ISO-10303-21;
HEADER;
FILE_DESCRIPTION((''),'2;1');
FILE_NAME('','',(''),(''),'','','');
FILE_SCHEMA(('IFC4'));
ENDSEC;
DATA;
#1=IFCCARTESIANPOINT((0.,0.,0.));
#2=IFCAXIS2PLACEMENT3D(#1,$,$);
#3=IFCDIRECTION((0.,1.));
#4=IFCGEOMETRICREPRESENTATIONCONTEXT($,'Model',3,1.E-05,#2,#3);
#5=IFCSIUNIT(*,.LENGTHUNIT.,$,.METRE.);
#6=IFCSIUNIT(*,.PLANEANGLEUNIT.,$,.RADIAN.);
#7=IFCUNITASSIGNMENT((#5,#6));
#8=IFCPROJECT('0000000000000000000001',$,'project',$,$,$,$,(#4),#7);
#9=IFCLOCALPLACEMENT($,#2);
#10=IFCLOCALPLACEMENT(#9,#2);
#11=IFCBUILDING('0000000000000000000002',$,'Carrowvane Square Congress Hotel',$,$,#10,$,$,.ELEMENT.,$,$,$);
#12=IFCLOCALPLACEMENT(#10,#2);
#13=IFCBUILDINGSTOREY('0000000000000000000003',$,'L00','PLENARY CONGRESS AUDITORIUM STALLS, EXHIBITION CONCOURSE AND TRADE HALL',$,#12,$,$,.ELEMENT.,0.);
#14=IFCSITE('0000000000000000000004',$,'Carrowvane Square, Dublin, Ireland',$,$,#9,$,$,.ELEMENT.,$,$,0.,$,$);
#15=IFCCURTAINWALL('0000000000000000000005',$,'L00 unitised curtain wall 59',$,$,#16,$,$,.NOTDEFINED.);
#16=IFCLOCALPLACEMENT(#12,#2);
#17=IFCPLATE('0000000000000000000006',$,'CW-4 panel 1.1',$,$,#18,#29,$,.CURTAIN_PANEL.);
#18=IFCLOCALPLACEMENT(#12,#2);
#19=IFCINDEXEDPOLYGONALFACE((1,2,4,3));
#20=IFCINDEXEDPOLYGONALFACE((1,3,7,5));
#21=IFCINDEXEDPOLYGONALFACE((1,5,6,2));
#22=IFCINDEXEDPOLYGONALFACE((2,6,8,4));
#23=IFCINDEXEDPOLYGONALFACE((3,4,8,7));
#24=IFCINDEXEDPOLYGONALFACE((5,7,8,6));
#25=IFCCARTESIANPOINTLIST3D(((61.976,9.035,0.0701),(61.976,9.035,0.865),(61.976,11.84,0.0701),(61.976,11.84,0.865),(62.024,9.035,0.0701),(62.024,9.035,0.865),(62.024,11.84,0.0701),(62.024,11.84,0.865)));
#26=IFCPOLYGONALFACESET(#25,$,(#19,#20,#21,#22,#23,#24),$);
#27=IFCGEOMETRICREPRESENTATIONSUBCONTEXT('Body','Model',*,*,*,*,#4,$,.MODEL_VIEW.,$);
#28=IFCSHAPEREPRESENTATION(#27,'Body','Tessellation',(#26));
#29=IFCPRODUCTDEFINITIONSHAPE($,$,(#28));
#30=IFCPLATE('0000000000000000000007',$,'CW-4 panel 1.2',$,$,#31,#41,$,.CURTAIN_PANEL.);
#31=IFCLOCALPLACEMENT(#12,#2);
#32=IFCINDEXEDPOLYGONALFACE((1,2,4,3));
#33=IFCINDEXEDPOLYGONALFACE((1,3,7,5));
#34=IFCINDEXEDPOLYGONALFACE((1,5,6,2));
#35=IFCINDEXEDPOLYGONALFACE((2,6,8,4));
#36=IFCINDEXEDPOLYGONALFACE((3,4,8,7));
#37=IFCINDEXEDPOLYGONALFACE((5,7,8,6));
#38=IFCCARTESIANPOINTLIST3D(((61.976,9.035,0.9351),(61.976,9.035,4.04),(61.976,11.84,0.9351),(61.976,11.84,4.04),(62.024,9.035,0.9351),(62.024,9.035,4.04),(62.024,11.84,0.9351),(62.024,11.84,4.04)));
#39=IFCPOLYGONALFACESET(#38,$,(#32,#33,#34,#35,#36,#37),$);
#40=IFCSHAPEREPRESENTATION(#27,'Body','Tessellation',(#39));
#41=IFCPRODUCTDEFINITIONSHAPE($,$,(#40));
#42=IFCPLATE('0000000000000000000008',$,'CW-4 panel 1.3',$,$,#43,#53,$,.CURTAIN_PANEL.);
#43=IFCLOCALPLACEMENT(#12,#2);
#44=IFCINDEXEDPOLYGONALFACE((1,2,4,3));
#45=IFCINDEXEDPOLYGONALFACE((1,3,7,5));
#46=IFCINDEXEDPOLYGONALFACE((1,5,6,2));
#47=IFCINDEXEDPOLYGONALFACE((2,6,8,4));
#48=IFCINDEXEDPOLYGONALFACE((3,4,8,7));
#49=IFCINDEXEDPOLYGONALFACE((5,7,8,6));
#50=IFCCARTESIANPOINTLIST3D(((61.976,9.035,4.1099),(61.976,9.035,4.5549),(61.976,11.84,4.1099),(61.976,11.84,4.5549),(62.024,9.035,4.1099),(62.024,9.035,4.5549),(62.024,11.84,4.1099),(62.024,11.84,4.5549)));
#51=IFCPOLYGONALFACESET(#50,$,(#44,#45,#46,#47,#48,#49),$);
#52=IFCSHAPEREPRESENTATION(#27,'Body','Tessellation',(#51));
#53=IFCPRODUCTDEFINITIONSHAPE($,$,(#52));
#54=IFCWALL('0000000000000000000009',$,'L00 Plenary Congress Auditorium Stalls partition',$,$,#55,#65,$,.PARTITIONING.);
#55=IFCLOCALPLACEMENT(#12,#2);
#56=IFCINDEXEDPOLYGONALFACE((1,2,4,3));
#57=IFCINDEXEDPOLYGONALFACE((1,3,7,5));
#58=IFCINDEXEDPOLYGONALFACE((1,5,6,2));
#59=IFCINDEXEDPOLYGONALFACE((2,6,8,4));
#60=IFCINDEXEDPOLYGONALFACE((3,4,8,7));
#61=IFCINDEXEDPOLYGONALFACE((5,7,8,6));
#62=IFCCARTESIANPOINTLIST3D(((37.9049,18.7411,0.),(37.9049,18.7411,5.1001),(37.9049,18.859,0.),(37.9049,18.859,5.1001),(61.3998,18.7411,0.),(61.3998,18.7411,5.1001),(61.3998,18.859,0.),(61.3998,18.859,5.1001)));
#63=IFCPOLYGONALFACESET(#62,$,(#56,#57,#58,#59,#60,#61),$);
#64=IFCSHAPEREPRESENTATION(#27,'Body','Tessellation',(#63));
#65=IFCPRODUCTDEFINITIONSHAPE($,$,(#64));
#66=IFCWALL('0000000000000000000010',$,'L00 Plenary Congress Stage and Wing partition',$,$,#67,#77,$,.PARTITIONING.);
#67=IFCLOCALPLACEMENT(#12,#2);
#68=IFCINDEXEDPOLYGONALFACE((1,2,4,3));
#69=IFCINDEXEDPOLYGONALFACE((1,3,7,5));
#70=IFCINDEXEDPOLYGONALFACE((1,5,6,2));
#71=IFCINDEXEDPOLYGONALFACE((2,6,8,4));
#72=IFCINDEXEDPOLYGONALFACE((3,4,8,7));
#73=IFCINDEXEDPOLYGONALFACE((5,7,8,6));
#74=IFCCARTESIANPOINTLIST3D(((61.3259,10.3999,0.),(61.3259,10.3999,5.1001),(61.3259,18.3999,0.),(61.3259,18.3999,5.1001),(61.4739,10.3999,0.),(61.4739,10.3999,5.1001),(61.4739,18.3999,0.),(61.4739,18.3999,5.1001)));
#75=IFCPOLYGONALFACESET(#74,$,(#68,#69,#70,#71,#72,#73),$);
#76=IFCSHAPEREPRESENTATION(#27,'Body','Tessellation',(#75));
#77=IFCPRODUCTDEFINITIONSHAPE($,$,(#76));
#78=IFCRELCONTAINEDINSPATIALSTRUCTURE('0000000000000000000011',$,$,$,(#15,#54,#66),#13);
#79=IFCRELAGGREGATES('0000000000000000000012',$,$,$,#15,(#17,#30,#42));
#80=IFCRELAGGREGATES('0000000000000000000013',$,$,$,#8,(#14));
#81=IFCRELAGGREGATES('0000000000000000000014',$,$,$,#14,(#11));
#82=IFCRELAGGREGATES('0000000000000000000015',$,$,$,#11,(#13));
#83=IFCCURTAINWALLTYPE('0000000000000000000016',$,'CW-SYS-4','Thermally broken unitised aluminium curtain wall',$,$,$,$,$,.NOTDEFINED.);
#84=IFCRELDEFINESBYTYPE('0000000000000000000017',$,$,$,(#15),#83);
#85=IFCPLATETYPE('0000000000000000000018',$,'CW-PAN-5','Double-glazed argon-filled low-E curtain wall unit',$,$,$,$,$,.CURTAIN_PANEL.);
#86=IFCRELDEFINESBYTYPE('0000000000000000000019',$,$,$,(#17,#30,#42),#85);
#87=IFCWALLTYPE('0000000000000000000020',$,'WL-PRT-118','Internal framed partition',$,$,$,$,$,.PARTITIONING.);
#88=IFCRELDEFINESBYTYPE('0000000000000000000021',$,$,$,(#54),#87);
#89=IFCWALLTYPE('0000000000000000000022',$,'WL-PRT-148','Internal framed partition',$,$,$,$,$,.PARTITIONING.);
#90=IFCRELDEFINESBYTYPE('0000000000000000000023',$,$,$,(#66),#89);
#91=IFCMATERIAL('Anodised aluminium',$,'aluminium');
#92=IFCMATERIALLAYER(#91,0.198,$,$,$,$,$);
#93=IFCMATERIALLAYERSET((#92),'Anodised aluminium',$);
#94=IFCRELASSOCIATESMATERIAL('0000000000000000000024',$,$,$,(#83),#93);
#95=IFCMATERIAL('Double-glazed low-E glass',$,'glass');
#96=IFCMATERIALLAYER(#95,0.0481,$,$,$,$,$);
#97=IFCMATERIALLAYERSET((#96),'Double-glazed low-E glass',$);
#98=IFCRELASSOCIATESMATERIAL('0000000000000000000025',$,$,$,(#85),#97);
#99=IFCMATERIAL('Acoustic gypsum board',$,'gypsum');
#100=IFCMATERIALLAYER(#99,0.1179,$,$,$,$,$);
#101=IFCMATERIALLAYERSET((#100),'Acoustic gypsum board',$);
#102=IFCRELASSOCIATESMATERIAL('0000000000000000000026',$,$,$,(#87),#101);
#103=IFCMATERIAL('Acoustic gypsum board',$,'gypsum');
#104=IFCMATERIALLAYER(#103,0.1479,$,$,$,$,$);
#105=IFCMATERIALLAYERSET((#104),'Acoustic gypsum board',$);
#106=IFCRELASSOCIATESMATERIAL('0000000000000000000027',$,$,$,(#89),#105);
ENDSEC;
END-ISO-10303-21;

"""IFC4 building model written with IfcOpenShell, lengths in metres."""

from ifc_helpers import new_model, si_unit, direction, frame, frame_2d, origin, origin_2d, place, context, subcontext, project, spatial, rectangle, extrude, material, layer, layer_set, type_object, element, aggregate, save


model = new_model("IFC4")

# Units and contexts
model_context = context("Model", 3, precision=1e-05, world=origin(), true_north=direction((0.0, 1.0)))
body_context = subcontext(model_context, "Body", "Model", "MODEL_VIEW")
ifc_project = project(units=[si_unit("LENGTHUNIT", "METRE"), si_unit("PLANEANGLEUNIT", "RADIAN")], contexts=[model_context])

# Site, building, storey
site_placement = place(None, origin())
site = spatial("IfcSite", under=ifc_project, at=site_placement, Name="Carrowvane Square, Dublin, Ireland", CompositionType="ELEMENT", RefElevation=0.0)
building_placement = place(site_placement, origin())
building = spatial("IfcBuilding", under=site, at=building_placement, Name="Carrowvane Square Congress Hotel", CompositionType="ELEMENT")
storey_placement = place(building_placement, origin())
storey = spatial("IfcBuildingStorey", under=building, at=storey_placement, Name="L00", Description="PLENARY CONGRESS AUDITORIUM STALLS, EXHIBITION CONCOURSE AND TRADE HALL", CompositionType="ELEMENT", Elevation=0.0)

# Curtain wall
ifc_material_1 = material(Name="Anodised aluminium", Category="aluminium")
ifc_layer_1 = layer(ifc_material_1, 0.198)
ifc_layer_set_1 = layer_set([ifc_layer_1], Name="Anodised aluminium")
curtain_wall_type_1 = type_object("IfcCurtainWallType", Name="CW-SYS-4", Description="Thermally broken unitised aluminium curtain wall", PredefinedType="NOTDEFINED", material=ifc_layer_set_1)
curtain_wall_1_placement = place(storey_placement, origin())
curtain_wall_1 = element("IfcCurtainWall", 1, at=curtain_wall_1_placement, inside=storey, type_object=curtain_wall_type_1, Name="L00 unitised curtain wall 59", PredefinedType="NOTDEFINED")

# Plates
ifc_material_2 = material(Name="Double-glazed low-E glass", Category="glass")
ifc_layer_2 = layer(ifc_material_2, 0.0481)
ifc_layer_set_2 = layer_set([ifc_layer_2], Name="Double-glazed low-E glass")
plate_type_1 = type_object("IfcPlateType", Name="CW-PAN-5", Description="Double-glazed argon-filled low-E curtain wall unit", PredefinedType="CURTAIN_PANEL", material=ifc_layer_set_2)
plate_1_placement = place(storey_placement, frame((62.0, 10.4375, 0.0701), z_axis=(0.0, 0.0, 1.0), x_axis=(0.0, -1.0, 0.0)))
plate_1 = element("IfcPlate", 2, at=plate_1_placement, type_object=plate_type_1, Name="CW-4 panel 1.1", PredefinedType="CURTAIN_PANEL", context=body_context, shape_type="SweptSolid", body=[
    extrude(rectangle(XDim=2.8049, YDim=0.0481, at=origin_2d()), origin(), (0.0, 0.0, 1.0), 0.7949),
])
plate_2_placement = place(storey_placement, frame((62.0, 10.4375, 0.9351), z_axis=(0.0, 0.0, 1.0), x_axis=(0.0, -1.0, 0.0)))
plate_2 = element("IfcPlate", 3, at=plate_2_placement, type_object=plate_type_1, Name="CW-4 panel 1.2", PredefinedType="CURTAIN_PANEL", context=body_context, shape_type="SweptSolid", body=[
    extrude(rectangle(XDim=2.8049, YDim=0.0481, at=origin_2d()), origin(), (0.0, 0.0, 1.0), 3.105),
])
plate_3_placement = place(storey_placement, frame((62.0, 10.4375, 4.1099), z_axis=(0.0, 0.0, 1.0), x_axis=(0.0, -1.0, 0.0)))
plate_3 = element("IfcPlate", 4, at=plate_3_placement, type_object=plate_type_1, Name="CW-4 panel 1.3", PredefinedType="CURTAIN_PANEL", context=body_context, shape_type="SweptSolid", body=[
    extrude(rectangle(XDim=2.8049, YDim=0.0481, at=origin_2d()), origin(), (0.0, 0.0, 1.0), 0.4451),
])
aggregate(curtain_wall_1, [plate_1, plate_2, plate_3])

# Walls
ifc_material_3 = material(Name="Acoustic gypsum board", Category="gypsum")
ifc_layer_3 = layer(ifc_material_3, 0.1179)
ifc_layer_set_3 = layer_set([ifc_layer_3], Name="Acoustic gypsum board")
wall_type_1 = type_object("IfcWallType", Name="WL-PRT-118", Description="Internal framed partition", PredefinedType="PARTITIONING", material=ifc_layer_set_3)
wall_1_placement = place(storey_placement, frame((61.3999, 18.8, 0.0), z_axis=(0.0, 0.0, 1.0), x_axis=(-1.0, 0.0, 0.0)))
element("IfcWall", 5, at=wall_1_placement, inside=storey, type_object=wall_type_1, Name="L00 Plenary Congress Auditorium Stalls partition", PredefinedType="PARTITIONING", context=body_context, shape_type="SweptSolid", body=[
    extrude(rectangle(XDim=23.4949, YDim=0.1179, at=frame_2d((11.7476, 0.0))), origin(), (0.0, 0.0, 1.0), 5.1001),
])
ifc_material_4 = material(Name="Acoustic gypsum board", Category="gypsum")
ifc_layer_4 = layer(ifc_material_4, 0.1479)
ifc_layer_set_4 = layer_set([ifc_layer_4], Name="Acoustic gypsum board")
wall_type_2 = type_object("IfcWallType", Name="WL-PRT-148", Description="Internal framed partition", PredefinedType="PARTITIONING", material=ifc_layer_set_4)
wall_2_placement = place(storey_placement, frame((61.3999, 18.3999, 0.0), z_axis=(0.0, 0.0, 1.0), x_axis=(0.0, -1.0, 0.0)))
element("IfcWall", 6, at=wall_2_placement, inside=storey, type_object=wall_type_2, Name="L00 Plenary Congress Stage and Wing partition", PredefinedType="PARTITIONING", context=body_context, shape_type="SweptSolid", body=[
    extrude(rectangle(XDim=8.0, YDim=0.1479, at=frame_2d((4.0, 0.0))), origin(), (0.0, 0.0, 1.0), 5.1001),
])

save(model, "model.ifc")
